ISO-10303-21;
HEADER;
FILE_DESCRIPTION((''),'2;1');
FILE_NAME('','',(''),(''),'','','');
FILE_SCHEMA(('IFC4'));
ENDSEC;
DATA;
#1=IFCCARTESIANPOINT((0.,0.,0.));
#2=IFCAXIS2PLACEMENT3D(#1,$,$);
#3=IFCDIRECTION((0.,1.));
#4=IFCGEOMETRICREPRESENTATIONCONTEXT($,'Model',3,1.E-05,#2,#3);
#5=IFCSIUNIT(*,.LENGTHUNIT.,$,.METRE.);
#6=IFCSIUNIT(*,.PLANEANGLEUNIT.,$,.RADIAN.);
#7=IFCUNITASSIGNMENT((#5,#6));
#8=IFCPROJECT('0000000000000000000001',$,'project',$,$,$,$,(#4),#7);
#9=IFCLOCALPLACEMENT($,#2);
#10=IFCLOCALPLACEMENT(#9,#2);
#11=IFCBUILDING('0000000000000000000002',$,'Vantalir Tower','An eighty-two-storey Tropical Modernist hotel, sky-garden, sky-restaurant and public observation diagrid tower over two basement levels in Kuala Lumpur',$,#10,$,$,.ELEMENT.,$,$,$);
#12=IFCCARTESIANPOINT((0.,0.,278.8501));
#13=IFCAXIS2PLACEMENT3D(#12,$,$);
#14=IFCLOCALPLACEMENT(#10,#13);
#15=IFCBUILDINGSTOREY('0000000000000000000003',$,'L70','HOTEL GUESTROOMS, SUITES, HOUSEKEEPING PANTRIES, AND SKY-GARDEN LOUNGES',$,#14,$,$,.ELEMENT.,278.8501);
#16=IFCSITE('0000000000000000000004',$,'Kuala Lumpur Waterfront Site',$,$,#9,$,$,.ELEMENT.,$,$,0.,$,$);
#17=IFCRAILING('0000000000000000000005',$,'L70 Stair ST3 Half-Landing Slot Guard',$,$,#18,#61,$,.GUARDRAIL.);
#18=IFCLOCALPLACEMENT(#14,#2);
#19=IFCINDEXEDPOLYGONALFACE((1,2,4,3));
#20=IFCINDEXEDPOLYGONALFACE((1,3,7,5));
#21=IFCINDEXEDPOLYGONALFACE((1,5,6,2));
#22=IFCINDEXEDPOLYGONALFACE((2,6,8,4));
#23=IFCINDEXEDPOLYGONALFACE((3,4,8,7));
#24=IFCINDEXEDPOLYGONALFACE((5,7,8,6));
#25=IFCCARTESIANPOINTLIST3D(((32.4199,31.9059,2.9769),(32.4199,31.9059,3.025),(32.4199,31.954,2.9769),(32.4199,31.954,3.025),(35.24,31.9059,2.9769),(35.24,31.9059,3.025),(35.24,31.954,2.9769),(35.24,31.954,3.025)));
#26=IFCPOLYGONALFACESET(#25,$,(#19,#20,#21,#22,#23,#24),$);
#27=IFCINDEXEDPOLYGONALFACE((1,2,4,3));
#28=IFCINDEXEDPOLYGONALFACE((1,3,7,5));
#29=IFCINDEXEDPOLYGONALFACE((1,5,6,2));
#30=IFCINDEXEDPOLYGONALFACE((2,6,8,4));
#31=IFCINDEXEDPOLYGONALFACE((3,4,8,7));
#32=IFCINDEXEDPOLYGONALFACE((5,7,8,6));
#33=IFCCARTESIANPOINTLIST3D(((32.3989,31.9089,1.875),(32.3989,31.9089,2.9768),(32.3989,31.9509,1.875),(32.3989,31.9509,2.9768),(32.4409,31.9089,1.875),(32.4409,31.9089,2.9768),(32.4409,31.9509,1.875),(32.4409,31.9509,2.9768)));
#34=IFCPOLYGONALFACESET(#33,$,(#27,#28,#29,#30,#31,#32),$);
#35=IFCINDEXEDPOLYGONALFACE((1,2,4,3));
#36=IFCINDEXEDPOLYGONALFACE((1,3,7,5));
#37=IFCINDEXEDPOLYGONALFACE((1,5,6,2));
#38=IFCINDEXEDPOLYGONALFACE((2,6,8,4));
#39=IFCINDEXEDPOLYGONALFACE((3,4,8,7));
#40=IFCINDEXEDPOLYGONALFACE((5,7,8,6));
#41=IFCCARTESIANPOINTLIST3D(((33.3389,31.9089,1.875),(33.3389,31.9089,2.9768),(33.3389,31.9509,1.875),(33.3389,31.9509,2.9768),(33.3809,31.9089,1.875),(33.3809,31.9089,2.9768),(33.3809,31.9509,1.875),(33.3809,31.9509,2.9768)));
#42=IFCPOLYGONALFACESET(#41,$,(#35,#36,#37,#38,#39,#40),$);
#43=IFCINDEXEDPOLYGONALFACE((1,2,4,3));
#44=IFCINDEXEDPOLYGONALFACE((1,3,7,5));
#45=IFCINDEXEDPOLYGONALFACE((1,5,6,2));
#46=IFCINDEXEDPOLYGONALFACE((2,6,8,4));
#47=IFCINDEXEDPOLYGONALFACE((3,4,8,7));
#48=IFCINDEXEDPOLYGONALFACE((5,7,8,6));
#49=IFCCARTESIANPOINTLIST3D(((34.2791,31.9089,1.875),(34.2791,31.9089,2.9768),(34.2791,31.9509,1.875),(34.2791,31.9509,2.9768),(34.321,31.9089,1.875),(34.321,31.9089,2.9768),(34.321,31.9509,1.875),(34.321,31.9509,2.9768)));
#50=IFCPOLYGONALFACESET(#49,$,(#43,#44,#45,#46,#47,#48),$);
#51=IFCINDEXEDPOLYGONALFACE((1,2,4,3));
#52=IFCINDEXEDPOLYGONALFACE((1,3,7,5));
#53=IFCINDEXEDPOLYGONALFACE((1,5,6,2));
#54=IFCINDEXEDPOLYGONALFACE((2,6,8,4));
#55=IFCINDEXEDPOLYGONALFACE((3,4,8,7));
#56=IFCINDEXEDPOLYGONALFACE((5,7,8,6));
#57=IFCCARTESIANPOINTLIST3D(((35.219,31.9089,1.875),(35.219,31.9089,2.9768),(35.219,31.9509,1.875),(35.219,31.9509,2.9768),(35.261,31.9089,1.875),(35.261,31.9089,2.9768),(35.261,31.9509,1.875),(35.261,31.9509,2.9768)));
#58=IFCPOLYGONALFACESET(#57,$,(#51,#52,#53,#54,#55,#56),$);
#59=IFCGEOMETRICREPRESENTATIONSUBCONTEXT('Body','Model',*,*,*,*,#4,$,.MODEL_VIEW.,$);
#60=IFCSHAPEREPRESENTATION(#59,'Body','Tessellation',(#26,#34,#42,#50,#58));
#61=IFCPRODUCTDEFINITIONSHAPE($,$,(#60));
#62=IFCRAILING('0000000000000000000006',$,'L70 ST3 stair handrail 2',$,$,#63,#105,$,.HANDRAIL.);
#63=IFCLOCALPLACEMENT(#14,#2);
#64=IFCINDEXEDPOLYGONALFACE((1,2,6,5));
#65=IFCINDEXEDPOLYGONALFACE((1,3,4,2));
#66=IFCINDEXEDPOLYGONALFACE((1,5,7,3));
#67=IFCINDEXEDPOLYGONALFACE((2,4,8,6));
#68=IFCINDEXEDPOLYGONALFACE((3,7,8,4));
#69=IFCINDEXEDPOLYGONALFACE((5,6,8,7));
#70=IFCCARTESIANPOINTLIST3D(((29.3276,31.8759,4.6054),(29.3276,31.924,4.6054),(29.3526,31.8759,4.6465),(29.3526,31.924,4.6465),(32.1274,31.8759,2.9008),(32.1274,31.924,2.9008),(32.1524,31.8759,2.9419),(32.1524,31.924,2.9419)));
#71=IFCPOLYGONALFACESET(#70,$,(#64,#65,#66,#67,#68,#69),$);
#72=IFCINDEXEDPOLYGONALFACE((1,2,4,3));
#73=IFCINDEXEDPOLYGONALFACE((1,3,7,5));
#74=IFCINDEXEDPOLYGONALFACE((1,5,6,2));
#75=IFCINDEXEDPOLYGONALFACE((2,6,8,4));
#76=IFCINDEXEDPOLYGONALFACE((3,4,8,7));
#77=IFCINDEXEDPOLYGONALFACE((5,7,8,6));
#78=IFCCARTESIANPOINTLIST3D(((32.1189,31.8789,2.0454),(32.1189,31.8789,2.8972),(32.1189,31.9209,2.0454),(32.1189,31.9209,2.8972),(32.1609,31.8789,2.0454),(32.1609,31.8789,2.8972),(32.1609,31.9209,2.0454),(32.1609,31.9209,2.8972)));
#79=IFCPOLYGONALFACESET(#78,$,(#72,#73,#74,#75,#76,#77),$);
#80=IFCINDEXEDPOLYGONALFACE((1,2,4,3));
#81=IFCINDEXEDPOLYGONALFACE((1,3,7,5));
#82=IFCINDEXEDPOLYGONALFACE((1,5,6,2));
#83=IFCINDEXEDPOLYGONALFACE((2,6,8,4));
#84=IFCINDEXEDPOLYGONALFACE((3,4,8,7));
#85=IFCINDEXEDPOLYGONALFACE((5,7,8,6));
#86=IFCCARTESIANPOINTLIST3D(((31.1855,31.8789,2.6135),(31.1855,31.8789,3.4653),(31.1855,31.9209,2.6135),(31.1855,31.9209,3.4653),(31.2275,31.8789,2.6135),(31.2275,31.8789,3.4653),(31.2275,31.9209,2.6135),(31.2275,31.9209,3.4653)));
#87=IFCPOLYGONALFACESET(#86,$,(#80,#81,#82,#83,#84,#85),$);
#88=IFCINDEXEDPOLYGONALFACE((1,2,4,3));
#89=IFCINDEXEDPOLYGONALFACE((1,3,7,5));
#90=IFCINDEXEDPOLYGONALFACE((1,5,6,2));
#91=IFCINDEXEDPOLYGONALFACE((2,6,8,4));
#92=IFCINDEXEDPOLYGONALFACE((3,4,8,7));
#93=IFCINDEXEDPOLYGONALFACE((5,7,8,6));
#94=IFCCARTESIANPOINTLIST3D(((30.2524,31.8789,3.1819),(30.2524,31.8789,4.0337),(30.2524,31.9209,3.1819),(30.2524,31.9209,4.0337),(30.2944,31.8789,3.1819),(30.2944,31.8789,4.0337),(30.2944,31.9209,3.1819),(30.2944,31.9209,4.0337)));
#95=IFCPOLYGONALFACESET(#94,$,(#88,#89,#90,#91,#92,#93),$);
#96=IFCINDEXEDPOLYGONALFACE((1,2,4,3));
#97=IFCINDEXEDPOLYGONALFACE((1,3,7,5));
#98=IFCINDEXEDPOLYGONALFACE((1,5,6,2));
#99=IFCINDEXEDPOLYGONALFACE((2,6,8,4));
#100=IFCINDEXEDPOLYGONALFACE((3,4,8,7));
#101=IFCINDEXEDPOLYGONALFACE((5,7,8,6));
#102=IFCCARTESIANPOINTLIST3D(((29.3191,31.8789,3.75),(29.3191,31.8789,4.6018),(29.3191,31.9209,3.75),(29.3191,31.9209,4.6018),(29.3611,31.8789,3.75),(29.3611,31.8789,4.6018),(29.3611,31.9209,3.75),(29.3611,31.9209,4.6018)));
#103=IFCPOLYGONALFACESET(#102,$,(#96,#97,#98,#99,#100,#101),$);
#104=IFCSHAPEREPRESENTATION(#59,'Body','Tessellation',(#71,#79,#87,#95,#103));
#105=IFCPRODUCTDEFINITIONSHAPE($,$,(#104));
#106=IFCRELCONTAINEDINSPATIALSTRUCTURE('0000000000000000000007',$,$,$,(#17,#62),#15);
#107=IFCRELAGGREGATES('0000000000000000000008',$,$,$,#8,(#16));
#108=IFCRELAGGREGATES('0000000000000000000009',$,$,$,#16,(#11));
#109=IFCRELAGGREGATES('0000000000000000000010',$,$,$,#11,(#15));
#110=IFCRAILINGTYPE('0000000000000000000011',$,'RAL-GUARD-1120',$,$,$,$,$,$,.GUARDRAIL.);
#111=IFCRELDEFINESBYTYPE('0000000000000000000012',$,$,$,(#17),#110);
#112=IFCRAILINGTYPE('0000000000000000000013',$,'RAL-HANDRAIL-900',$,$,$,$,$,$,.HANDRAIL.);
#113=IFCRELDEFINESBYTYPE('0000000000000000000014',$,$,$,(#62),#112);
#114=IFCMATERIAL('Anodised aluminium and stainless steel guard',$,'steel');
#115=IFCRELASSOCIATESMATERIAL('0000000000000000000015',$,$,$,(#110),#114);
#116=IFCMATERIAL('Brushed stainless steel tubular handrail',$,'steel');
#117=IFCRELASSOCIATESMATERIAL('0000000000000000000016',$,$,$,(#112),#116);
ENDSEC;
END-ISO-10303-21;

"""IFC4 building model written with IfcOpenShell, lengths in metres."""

from ifc_helpers import new_model, si_unit, direction, frame, origin, origin_2d, place, context, subcontext, project, spatial, rectangle, extrude, material, type_object, element, save


model = new_model("IFC4")

# Units and contexts
model_context = context("Model", 3, precision=1e-05, world=origin(), true_north=direction((0.0, 1.0)))
body_context = subcontext(model_context, "Body", "Model", "MODEL_VIEW")
ifc_project = project(units=[si_unit("LENGTHUNIT", "METRE"), si_unit("PLANEANGLEUNIT", "RADIAN")], contexts=[model_context])

# Site, building, storey
site_placement = place(None, origin())
site = spatial("IfcSite", under=ifc_project, at=site_placement, Name="Kuala Lumpur Waterfront Site", CompositionType="ELEMENT", RefElevation=0.0)
building_placement = place(site_placement, origin())
building = spatial("IfcBuilding", under=site, at=building_placement, Name="Vantalir Tower", Description="An eighty-two-storey Tropical Modernist hotel, sky-garden, sky-restaurant and public observation diagrid tower over two basement levels in Kuala Lumpur", CompositionType="ELEMENT")
storey_placement = place(building_placement, frame((0.0, 0.0, 278.8501)))
storey = spatial("IfcBuildingStorey", under=building, at=storey_placement, Name="L70", Description="HOTEL GUESTROOMS, SUITES, HOUSEKEEPING PANTRIES, AND SKY-GARDEN LOUNGES", CompositionType="ELEMENT", Elevation=278.8501)

# Railings
ifc_material_1 = material(Name="Anodised aluminium and stainless steel guard", Category="steel")
railing_type_1 = type_object("IfcRailingType", Name="RAL-GUARD-1120", PredefinedType="GUARDRAIL", material=ifc_material_1)
railing_1_placement = place(storey_placement, frame((32.4199, 31.9299, 1.875)))
element("IfcRailing", 1, at=railing_1_placement, inside=storey, type_object=railing_type_1, Name="L70 Stair ST3 Half-Landing Slot Guard", PredefinedType="GUARDRAIL", context=body_context, shape_type="SweptSolid", body=[
    extrude(rectangle(XDim=0.0481, YDim=0.0481, at=origin_2d()), frame((0.0, 0.0, 1.126), z_axis=(1.0, 0.0, 0.0), x_axis=(0.0, 1.0, 0.0)), (0.0, 0.0, 1.0), 2.8201),
    extrude(rectangle(XDim=0.042, YDim=0.042, at=origin_2d()), origin(), (0.0, 0.0, 1.0), 1.1018),
    extrude(rectangle(XDim=0.042, YDim=0.042, at=origin_2d()), frame((0.9399, 0.0, 0.0)), (0.0, 0.0, 1.0), 1.1018),
    extrude(rectangle(XDim=0.042, YDim=0.042, at=origin_2d()), frame((1.8801, 0.0, 0.0)), (0.0, 0.0, 1.0), 1.1018),
    extrude(rectangle(XDim=0.042, YDim=0.042, at=origin_2d()), frame((2.8201, 0.0, 0.0)), (0.0, 0.0, 1.0), 1.1018),
])
ifc_material_2 = material(Name="Brushed stainless steel tubular handrail", Category="steel")
railing_type_2 = type_object("IfcRailingType", Name="RAL-HANDRAIL-900", PredefinedType="HANDRAIL", material=ifc_material_2)
railing_2_placement = place(storey_placement, frame((32.1399, 31.8999, 2.0454)))
element("IfcRailing", 2, at=railing_2_placement, inside=storey, type_object=railing_type_2, Name="L70 ST3 stair handrail 2", PredefinedType="HANDRAIL", context=body_context, shape_type="SweptSolid", body=[
    extrude(rectangle(XDim=0.0481, YDim=0.0481, at=origin_2d()), frame((0.0, 0.0, 0.876), z_axis=(-0.85415, 0.0, 0.520027), x_axis=(0.0, -1.0, 0.0)), (0.0, 0.0, 1.0), 3.2778),
    extrude(rectangle(XDim=0.042, YDim=0.042, at=origin_2d()), origin(), (0.0, 0.0, 1.0), 0.8518),
    extrude(rectangle(XDim=0.042, YDim=0.042, at=origin_2d()), frame((-0.9333, 0.0, 0.5681)), (0.0, 0.0, 1.0), 0.8518),
    extrude(rectangle(XDim=0.042, YDim=0.042, at=origin_2d()), frame((-1.8665, 0.0, 1.1365)), (0.0, 0.0, 1.0), 0.8518),
    extrude(rectangle(XDim=0.042, YDim=0.042, at=origin_2d()), frame((-2.7998, 0.0, 1.7046)), (0.0, 0.0, 1.0), 0.8518),
])

save(model, "model.ifc")
